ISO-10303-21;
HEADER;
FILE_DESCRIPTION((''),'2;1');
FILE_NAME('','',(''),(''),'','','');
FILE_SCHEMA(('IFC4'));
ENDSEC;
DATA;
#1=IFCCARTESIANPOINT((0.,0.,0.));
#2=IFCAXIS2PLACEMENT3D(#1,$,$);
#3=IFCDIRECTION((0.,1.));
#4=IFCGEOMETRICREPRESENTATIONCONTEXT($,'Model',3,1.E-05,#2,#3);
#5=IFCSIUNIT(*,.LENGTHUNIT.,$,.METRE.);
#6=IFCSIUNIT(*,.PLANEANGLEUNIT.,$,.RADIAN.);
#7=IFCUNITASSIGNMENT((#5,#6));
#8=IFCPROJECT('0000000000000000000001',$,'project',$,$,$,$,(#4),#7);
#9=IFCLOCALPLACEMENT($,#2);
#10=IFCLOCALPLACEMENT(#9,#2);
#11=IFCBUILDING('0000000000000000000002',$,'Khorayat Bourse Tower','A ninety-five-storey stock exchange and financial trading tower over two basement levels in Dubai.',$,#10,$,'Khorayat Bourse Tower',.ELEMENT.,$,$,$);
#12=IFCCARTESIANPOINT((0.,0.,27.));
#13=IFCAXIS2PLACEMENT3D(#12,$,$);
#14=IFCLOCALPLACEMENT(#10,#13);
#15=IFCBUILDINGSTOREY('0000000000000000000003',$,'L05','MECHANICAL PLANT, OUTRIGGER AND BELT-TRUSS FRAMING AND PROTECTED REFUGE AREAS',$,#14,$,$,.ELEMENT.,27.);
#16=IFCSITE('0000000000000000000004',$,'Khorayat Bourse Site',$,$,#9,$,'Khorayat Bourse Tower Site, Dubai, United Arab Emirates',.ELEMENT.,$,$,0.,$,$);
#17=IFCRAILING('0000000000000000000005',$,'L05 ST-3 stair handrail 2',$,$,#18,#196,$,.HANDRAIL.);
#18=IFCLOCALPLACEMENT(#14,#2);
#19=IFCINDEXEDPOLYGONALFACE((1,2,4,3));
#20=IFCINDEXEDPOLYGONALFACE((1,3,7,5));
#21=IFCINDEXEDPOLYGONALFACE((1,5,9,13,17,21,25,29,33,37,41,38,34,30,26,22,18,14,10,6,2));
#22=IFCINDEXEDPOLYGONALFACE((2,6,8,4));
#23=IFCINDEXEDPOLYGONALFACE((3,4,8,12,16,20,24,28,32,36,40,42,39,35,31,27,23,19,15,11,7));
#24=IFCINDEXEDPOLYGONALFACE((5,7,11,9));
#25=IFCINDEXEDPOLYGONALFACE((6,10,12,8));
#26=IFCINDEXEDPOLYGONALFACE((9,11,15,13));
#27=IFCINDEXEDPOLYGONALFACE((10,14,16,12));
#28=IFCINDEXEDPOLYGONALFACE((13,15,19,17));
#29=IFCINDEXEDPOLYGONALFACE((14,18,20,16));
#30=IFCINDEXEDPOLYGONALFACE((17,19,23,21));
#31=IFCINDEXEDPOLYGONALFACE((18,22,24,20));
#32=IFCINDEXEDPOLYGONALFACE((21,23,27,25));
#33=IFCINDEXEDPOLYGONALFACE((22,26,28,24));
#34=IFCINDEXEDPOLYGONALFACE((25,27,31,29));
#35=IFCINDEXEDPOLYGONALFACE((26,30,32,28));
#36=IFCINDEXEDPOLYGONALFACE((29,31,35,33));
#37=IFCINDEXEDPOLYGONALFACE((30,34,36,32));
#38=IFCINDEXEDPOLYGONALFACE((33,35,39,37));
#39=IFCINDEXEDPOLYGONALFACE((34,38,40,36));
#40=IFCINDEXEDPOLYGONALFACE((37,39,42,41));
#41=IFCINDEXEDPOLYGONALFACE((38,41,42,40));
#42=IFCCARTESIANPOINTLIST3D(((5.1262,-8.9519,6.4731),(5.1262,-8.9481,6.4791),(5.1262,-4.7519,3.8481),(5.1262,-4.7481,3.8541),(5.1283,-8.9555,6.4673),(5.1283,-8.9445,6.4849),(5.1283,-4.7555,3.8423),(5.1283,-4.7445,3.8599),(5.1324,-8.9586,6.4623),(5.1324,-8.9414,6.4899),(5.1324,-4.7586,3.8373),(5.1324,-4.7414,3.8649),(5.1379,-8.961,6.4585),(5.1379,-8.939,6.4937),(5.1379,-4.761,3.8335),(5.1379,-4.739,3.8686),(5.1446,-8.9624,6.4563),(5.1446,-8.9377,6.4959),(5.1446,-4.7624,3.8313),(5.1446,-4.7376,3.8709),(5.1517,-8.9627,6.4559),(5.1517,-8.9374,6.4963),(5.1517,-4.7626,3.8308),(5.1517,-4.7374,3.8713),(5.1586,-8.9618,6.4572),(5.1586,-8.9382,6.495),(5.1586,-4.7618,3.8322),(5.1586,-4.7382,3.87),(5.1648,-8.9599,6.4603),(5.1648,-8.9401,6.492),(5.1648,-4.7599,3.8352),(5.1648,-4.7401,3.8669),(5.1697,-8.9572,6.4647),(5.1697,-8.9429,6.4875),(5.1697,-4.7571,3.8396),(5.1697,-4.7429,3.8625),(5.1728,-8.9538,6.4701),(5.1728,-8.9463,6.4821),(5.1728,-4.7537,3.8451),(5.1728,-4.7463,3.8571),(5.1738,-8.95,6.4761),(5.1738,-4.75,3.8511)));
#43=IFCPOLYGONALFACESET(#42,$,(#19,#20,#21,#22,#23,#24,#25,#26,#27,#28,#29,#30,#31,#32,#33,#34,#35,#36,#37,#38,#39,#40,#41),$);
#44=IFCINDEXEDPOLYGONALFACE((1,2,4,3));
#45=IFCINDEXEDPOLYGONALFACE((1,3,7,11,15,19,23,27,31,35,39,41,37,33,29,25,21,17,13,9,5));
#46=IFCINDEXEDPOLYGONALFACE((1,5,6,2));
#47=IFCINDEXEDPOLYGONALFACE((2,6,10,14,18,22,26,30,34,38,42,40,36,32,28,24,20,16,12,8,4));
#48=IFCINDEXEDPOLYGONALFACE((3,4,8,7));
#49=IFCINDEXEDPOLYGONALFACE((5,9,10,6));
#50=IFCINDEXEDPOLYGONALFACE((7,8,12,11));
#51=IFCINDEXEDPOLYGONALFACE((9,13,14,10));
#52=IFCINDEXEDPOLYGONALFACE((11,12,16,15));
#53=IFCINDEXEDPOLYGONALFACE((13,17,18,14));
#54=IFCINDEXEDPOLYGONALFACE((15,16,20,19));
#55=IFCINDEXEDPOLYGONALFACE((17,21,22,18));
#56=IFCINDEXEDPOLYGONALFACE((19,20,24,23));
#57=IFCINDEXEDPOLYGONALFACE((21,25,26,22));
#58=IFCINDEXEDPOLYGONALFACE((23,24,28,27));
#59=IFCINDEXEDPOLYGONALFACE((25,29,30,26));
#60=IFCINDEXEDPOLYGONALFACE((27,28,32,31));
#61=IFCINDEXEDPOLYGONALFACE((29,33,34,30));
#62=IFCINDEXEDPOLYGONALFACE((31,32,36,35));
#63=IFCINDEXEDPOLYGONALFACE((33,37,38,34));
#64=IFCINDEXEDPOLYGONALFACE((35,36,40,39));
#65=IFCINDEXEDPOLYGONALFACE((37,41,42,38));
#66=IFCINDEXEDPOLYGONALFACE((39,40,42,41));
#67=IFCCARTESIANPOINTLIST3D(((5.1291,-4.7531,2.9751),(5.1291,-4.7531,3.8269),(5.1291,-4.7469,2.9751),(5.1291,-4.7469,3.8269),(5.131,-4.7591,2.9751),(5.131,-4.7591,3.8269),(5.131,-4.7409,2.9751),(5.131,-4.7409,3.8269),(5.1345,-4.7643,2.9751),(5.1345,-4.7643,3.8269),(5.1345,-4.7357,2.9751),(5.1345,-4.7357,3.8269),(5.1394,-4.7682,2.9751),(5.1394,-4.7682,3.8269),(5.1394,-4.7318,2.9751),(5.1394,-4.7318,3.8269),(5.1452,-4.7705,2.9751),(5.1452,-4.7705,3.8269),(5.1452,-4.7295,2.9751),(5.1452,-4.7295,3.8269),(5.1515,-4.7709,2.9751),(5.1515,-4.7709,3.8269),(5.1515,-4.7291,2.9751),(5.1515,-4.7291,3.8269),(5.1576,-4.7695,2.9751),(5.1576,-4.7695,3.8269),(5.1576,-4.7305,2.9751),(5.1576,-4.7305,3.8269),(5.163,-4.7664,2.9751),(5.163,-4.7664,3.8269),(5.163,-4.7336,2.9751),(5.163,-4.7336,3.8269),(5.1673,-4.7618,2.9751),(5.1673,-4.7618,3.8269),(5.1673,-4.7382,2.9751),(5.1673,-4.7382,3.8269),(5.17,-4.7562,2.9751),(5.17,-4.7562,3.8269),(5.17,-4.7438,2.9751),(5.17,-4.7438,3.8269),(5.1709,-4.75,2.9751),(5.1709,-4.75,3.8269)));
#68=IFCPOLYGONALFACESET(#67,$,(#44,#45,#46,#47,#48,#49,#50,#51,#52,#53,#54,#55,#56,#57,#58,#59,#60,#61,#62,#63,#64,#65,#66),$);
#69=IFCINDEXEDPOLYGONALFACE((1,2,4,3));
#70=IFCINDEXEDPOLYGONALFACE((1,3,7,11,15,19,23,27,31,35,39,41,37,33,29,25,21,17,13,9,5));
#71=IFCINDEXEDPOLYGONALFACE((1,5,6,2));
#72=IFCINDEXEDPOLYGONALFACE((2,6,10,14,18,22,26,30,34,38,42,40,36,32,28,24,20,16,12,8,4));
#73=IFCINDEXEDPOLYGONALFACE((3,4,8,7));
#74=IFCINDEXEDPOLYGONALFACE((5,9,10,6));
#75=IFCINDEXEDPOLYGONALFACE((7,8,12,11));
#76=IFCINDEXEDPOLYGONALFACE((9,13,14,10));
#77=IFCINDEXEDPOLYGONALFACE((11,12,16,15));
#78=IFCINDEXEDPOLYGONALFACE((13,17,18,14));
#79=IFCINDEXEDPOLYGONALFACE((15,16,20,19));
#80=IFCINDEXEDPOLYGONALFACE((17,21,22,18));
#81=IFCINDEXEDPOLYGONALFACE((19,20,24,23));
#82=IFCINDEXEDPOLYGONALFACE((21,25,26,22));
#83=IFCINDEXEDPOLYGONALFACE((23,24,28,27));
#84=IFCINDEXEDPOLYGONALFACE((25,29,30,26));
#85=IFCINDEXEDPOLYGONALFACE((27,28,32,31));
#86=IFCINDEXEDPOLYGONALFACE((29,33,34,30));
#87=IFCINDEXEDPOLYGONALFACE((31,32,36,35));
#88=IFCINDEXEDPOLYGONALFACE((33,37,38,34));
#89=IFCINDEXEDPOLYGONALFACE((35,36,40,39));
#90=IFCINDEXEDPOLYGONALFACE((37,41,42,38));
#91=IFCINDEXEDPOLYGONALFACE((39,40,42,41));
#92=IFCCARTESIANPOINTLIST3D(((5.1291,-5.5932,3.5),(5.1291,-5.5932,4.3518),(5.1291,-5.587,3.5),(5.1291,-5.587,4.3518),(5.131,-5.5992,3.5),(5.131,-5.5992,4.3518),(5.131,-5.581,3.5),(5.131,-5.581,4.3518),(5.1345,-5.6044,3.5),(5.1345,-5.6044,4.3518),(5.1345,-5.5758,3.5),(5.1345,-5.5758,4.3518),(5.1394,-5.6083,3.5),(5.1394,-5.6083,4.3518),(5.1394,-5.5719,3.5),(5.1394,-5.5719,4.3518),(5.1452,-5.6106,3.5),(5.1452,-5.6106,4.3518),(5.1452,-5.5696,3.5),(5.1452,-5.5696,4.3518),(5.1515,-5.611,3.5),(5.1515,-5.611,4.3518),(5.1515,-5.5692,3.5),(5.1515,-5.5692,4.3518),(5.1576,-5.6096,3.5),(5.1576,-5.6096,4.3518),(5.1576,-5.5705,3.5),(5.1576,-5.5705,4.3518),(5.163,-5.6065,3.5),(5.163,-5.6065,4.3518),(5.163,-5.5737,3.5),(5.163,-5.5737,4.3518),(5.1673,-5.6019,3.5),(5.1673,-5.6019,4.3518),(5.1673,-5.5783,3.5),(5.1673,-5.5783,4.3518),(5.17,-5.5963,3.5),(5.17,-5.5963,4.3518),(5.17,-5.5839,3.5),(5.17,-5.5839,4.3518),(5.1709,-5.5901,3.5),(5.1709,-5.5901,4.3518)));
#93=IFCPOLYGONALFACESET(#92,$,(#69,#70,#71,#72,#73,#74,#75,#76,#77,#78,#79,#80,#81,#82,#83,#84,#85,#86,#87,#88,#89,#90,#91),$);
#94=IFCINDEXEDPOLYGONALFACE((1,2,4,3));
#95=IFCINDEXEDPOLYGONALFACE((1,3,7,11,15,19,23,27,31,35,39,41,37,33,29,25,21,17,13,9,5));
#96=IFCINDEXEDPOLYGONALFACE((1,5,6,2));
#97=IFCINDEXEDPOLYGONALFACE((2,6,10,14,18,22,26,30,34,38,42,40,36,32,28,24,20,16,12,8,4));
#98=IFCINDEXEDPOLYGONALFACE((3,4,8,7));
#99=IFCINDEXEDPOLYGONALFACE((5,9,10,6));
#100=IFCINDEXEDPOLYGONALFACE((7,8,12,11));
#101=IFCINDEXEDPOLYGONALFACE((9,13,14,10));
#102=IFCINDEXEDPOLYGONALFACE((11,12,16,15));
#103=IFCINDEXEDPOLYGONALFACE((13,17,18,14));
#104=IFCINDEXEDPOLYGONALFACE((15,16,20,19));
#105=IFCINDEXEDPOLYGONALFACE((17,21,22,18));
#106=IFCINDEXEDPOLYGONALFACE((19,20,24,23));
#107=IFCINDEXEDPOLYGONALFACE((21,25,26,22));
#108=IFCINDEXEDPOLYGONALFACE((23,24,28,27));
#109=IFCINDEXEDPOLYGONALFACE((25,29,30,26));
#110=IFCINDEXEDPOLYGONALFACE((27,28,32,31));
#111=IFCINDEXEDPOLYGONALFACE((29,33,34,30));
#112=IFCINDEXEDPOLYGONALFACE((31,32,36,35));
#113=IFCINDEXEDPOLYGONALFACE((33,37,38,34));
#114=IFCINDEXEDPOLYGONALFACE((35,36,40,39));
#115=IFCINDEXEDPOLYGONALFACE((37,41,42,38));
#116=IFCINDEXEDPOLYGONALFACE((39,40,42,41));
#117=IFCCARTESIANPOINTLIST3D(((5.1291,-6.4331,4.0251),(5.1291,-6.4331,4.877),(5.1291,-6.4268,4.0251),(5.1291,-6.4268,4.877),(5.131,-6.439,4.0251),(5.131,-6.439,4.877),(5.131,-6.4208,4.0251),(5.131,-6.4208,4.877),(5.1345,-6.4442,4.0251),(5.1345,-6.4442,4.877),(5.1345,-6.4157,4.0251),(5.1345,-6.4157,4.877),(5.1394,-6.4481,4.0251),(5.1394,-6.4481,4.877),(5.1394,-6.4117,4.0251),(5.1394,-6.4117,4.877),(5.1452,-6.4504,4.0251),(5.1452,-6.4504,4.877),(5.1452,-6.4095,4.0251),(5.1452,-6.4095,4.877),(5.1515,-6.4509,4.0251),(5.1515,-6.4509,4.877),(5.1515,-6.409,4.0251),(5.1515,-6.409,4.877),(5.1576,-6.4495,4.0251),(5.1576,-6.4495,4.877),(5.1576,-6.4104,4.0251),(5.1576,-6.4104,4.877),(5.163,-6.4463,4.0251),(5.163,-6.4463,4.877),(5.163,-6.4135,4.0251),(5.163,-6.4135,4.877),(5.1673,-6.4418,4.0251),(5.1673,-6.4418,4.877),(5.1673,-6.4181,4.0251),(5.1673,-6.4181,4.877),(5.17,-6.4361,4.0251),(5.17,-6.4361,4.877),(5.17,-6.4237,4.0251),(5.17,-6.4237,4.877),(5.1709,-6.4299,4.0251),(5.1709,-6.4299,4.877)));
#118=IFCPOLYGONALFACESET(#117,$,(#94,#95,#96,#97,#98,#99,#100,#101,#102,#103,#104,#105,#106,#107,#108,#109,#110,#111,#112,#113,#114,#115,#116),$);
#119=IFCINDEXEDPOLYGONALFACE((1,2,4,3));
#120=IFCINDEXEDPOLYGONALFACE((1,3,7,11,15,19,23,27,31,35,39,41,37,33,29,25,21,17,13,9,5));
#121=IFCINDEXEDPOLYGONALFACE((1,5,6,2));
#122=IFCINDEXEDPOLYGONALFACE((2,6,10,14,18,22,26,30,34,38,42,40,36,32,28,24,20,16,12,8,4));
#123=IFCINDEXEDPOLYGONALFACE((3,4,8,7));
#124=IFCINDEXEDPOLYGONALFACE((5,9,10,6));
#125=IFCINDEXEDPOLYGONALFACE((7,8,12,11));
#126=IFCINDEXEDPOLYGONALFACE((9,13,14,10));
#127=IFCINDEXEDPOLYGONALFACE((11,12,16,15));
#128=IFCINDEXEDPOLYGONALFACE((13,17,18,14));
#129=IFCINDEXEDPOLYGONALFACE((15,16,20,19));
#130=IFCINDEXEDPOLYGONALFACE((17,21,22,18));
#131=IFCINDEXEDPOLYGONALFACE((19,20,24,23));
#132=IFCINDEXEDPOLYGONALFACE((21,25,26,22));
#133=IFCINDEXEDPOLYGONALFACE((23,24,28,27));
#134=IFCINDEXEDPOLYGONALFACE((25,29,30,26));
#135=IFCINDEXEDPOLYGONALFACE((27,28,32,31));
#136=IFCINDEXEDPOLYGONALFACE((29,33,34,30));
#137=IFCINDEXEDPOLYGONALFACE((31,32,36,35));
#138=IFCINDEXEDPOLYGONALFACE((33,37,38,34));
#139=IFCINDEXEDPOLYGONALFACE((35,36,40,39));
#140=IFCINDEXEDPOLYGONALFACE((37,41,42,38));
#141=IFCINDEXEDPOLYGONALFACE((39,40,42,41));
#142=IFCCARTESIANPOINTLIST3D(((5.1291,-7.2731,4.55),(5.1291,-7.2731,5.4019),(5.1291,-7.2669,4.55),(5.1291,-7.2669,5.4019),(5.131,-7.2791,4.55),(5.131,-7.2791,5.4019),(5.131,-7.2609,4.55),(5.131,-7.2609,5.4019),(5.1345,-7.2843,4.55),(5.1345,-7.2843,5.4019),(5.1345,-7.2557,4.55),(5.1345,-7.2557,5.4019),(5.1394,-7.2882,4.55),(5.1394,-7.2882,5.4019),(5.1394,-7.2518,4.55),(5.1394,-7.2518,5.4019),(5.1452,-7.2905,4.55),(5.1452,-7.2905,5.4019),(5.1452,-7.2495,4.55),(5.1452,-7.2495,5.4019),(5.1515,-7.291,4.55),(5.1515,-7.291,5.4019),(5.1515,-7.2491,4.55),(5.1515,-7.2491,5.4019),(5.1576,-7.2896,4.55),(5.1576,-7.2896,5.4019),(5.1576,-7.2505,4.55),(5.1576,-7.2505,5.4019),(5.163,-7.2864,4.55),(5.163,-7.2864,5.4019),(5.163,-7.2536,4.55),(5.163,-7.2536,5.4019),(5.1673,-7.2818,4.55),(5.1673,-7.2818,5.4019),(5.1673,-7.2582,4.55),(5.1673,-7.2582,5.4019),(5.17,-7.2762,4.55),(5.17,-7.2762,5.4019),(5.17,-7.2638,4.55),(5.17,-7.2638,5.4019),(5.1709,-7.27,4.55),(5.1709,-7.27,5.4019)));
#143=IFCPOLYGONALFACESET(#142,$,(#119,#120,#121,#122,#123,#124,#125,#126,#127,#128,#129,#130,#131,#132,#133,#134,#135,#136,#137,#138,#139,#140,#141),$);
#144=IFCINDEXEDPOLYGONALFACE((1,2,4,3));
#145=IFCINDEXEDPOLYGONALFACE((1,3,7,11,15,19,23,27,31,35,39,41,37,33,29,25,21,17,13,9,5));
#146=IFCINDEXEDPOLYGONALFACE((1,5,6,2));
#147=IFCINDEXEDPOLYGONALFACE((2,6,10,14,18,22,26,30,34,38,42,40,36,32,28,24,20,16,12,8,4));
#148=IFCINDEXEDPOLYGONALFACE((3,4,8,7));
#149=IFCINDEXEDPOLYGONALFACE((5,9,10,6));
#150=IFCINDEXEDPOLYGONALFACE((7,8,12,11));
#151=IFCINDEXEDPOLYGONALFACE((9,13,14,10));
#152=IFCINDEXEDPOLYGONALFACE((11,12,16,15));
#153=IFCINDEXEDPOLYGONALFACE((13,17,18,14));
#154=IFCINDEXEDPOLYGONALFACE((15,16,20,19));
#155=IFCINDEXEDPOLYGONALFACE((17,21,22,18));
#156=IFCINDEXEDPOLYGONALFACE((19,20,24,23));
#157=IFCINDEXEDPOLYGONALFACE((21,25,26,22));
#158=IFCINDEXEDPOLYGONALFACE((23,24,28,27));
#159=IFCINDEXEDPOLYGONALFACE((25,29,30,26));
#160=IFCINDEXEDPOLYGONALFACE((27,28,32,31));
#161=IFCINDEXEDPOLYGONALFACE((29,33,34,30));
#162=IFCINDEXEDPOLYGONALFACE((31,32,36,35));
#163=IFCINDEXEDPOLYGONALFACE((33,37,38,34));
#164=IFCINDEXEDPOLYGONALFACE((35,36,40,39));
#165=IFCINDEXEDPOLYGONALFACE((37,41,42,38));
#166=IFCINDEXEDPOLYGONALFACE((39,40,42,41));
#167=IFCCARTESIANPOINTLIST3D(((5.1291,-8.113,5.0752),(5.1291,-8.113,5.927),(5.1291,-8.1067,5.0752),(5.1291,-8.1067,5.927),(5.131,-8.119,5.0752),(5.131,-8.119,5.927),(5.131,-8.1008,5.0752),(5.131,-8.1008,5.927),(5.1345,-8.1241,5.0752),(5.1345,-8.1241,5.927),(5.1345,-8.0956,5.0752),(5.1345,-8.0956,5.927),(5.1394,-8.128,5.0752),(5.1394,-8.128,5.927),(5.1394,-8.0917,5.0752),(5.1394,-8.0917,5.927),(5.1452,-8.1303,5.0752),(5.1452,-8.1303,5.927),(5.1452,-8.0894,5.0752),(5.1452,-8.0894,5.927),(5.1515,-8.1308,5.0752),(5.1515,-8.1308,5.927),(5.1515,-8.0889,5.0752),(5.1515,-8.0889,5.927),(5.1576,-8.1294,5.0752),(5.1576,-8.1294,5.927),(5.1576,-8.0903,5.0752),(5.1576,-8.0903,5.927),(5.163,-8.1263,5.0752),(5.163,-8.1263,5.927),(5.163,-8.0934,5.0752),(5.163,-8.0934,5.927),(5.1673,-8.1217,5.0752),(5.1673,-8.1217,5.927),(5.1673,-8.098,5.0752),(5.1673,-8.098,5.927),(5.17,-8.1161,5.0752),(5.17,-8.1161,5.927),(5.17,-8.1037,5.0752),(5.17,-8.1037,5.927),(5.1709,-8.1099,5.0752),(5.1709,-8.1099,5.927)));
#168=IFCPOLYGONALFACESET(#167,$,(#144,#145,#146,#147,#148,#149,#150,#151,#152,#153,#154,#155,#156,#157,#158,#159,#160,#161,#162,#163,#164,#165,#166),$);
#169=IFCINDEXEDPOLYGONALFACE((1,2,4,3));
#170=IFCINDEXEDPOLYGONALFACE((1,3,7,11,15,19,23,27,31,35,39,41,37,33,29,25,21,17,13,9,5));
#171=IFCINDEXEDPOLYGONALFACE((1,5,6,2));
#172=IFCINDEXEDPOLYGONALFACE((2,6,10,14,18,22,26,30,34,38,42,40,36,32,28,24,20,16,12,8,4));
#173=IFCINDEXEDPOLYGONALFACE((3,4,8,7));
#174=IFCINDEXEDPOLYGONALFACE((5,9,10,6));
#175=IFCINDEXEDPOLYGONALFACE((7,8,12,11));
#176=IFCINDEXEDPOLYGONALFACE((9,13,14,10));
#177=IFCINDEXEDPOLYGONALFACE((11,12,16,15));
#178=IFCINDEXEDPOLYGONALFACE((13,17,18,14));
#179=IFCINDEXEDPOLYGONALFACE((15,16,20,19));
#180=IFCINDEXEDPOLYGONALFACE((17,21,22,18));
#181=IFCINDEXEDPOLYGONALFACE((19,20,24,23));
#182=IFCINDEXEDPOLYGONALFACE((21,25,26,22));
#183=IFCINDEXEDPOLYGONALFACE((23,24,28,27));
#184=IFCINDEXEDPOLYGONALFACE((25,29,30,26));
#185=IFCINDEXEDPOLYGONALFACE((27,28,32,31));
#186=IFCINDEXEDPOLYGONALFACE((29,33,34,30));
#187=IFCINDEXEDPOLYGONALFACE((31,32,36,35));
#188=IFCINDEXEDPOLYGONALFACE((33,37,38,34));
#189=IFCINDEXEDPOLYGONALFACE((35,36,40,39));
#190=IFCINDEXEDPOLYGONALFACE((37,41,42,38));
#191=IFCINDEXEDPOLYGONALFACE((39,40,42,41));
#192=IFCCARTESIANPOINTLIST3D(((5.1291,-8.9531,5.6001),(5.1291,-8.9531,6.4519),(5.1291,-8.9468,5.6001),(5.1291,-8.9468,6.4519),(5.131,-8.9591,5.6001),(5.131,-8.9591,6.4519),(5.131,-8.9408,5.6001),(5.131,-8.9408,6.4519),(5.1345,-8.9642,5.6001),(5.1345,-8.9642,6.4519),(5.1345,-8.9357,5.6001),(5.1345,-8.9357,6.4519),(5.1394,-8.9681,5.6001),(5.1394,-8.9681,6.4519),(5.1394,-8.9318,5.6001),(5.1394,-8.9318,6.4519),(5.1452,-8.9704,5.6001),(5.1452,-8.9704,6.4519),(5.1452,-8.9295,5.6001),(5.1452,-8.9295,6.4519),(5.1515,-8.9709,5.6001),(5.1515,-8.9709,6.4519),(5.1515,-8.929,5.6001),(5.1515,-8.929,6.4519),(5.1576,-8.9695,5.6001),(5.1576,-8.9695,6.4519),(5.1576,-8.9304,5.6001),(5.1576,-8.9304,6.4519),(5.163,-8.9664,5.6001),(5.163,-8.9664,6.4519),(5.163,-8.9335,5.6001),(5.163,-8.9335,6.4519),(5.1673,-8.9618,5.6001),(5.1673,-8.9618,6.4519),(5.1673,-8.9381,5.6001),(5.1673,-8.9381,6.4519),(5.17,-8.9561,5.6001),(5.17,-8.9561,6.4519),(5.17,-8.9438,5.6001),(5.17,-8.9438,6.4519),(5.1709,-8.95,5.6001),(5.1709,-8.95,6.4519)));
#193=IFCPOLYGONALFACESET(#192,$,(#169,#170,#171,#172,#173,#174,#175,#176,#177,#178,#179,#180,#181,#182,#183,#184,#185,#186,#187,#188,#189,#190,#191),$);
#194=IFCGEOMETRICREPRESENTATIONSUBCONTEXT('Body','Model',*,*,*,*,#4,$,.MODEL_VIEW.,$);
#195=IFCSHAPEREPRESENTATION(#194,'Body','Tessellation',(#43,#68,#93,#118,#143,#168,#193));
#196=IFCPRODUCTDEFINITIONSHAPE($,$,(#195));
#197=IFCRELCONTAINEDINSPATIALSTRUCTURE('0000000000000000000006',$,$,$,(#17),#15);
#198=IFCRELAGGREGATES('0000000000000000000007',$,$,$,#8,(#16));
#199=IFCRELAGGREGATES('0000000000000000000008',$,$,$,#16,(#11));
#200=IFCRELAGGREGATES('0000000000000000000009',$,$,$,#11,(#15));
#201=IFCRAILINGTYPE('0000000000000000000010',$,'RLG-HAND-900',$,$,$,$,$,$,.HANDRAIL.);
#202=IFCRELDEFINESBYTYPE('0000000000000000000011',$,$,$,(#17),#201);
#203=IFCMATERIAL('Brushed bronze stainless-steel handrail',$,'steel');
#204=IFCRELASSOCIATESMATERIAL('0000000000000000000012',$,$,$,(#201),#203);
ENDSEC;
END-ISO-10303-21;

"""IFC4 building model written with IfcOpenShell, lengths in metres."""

from ifc_helpers import new_model, si_unit, direction, frame, origin, origin_2d, place, context, subcontext, project, spatial, circle, extrude, source, transform, mapped, material, type_object, element, save


model = new_model("IFC4")

# Units and contexts
model_context = context("Model", 3, precision=1e-05, world=origin(), true_north=direction((0.0, 1.0)))
body_context = subcontext(model_context, "Body", "Model", "MODEL_VIEW")
ifc_project = project(units=[si_unit("LENGTHUNIT", "METRE"), si_unit("PLANEANGLEUNIT", "RADIAN")], contexts=[model_context])

# Site, building, storey
site_placement = place(None, origin())
site = spatial("IfcSite", under=ifc_project, at=site_placement, Name="Khorayat Bourse Site", LongName="Khorayat Bourse Tower Site, Dubai, United Arab Emirates", CompositionType="ELEMENT", RefElevation=0.0)
building_placement = place(site_placement, origin())
building = spatial("IfcBuilding", under=site, at=building_placement, Name="Khorayat Bourse Tower", Description="A ninety-five-storey stock exchange and financial trading tower over two basement levels in Dubai.", LongName="Khorayat Bourse Tower", CompositionType="ELEMENT")
storey_placement = place(building_placement, frame((0.0, 0.0, 27.0)))
storey = spatial("IfcBuildingStorey", under=building, at=storey_placement, Name="L05", Description="MECHANICAL PLANT, OUTRIGGER AND BELT-TRUSS FRAMING AND PROTECTED REFUGE AREAS", CompositionType="ELEMENT", Elevation=27.0)

# Railing
ifc_material_1 = material(Name="Brushed bronze stainless-steel handrail", Category="steel")
railing_type_1 = type_object("IfcRailingType", Name="RLG-HAND-900", PredefinedType="HANDRAIL", material=ifc_material_1)
shared_shape_1 = source(origin(), body_context, "Body", "SweptSolid", [
    extrude(circle(Radius=0.0239, at=origin_2d()), frame((0.0, 0.0, 0.876), z_axis=(0.0, -0.847996, 0.530003), x_axis=(1.0, 0.0, 0.0)), (0.0, 0.0, 1.0), 4.9529),
    extrude(circle(Radius=0.021, at=origin_2d()), origin(), (0.0, 0.0, 1.0), 0.8518),
    extrude(circle(Radius=0.021, at=origin_2d()), frame((0.0, -0.8401, 0.5249)), (0.0, 0.0, 1.0), 0.8518),
    extrude(circle(Radius=0.021, at=origin_2d()), frame((0.0, -1.6799, 1.05)), (0.0, 0.0, 1.0), 0.8518),
    extrude(circle(Radius=0.021, at=origin_2d()), frame((0.0, -2.52, 1.575)), (0.0, 0.0, 1.0), 0.8518),
    extrude(circle(Radius=0.021, at=origin_2d()), frame((0.0, -3.3599, 2.1001)), (0.0, 0.0, 1.0), 0.8518),
    extrude(circle(Radius=0.021, at=origin_2d()), frame((0.0, -4.2, 2.625)), (0.0, 0.0, 1.0), 0.8518),
])
railing_1_placement = place(storey_placement, frame((5.1499, -4.75, 2.9751)))
element("IfcRailing", 1, at=railing_1_placement, inside=storey, type_object=railing_type_1, Name="L05 ST-3 stair handrail 2", PredefinedType="HANDRAIL", context=body_context, shape_type="MappedRepresentation", body=[
    mapped(shared_shape_1, transform((0.0, 0.0, 0.0), scale=1.0)),
])

save(model, "model.ifc")
